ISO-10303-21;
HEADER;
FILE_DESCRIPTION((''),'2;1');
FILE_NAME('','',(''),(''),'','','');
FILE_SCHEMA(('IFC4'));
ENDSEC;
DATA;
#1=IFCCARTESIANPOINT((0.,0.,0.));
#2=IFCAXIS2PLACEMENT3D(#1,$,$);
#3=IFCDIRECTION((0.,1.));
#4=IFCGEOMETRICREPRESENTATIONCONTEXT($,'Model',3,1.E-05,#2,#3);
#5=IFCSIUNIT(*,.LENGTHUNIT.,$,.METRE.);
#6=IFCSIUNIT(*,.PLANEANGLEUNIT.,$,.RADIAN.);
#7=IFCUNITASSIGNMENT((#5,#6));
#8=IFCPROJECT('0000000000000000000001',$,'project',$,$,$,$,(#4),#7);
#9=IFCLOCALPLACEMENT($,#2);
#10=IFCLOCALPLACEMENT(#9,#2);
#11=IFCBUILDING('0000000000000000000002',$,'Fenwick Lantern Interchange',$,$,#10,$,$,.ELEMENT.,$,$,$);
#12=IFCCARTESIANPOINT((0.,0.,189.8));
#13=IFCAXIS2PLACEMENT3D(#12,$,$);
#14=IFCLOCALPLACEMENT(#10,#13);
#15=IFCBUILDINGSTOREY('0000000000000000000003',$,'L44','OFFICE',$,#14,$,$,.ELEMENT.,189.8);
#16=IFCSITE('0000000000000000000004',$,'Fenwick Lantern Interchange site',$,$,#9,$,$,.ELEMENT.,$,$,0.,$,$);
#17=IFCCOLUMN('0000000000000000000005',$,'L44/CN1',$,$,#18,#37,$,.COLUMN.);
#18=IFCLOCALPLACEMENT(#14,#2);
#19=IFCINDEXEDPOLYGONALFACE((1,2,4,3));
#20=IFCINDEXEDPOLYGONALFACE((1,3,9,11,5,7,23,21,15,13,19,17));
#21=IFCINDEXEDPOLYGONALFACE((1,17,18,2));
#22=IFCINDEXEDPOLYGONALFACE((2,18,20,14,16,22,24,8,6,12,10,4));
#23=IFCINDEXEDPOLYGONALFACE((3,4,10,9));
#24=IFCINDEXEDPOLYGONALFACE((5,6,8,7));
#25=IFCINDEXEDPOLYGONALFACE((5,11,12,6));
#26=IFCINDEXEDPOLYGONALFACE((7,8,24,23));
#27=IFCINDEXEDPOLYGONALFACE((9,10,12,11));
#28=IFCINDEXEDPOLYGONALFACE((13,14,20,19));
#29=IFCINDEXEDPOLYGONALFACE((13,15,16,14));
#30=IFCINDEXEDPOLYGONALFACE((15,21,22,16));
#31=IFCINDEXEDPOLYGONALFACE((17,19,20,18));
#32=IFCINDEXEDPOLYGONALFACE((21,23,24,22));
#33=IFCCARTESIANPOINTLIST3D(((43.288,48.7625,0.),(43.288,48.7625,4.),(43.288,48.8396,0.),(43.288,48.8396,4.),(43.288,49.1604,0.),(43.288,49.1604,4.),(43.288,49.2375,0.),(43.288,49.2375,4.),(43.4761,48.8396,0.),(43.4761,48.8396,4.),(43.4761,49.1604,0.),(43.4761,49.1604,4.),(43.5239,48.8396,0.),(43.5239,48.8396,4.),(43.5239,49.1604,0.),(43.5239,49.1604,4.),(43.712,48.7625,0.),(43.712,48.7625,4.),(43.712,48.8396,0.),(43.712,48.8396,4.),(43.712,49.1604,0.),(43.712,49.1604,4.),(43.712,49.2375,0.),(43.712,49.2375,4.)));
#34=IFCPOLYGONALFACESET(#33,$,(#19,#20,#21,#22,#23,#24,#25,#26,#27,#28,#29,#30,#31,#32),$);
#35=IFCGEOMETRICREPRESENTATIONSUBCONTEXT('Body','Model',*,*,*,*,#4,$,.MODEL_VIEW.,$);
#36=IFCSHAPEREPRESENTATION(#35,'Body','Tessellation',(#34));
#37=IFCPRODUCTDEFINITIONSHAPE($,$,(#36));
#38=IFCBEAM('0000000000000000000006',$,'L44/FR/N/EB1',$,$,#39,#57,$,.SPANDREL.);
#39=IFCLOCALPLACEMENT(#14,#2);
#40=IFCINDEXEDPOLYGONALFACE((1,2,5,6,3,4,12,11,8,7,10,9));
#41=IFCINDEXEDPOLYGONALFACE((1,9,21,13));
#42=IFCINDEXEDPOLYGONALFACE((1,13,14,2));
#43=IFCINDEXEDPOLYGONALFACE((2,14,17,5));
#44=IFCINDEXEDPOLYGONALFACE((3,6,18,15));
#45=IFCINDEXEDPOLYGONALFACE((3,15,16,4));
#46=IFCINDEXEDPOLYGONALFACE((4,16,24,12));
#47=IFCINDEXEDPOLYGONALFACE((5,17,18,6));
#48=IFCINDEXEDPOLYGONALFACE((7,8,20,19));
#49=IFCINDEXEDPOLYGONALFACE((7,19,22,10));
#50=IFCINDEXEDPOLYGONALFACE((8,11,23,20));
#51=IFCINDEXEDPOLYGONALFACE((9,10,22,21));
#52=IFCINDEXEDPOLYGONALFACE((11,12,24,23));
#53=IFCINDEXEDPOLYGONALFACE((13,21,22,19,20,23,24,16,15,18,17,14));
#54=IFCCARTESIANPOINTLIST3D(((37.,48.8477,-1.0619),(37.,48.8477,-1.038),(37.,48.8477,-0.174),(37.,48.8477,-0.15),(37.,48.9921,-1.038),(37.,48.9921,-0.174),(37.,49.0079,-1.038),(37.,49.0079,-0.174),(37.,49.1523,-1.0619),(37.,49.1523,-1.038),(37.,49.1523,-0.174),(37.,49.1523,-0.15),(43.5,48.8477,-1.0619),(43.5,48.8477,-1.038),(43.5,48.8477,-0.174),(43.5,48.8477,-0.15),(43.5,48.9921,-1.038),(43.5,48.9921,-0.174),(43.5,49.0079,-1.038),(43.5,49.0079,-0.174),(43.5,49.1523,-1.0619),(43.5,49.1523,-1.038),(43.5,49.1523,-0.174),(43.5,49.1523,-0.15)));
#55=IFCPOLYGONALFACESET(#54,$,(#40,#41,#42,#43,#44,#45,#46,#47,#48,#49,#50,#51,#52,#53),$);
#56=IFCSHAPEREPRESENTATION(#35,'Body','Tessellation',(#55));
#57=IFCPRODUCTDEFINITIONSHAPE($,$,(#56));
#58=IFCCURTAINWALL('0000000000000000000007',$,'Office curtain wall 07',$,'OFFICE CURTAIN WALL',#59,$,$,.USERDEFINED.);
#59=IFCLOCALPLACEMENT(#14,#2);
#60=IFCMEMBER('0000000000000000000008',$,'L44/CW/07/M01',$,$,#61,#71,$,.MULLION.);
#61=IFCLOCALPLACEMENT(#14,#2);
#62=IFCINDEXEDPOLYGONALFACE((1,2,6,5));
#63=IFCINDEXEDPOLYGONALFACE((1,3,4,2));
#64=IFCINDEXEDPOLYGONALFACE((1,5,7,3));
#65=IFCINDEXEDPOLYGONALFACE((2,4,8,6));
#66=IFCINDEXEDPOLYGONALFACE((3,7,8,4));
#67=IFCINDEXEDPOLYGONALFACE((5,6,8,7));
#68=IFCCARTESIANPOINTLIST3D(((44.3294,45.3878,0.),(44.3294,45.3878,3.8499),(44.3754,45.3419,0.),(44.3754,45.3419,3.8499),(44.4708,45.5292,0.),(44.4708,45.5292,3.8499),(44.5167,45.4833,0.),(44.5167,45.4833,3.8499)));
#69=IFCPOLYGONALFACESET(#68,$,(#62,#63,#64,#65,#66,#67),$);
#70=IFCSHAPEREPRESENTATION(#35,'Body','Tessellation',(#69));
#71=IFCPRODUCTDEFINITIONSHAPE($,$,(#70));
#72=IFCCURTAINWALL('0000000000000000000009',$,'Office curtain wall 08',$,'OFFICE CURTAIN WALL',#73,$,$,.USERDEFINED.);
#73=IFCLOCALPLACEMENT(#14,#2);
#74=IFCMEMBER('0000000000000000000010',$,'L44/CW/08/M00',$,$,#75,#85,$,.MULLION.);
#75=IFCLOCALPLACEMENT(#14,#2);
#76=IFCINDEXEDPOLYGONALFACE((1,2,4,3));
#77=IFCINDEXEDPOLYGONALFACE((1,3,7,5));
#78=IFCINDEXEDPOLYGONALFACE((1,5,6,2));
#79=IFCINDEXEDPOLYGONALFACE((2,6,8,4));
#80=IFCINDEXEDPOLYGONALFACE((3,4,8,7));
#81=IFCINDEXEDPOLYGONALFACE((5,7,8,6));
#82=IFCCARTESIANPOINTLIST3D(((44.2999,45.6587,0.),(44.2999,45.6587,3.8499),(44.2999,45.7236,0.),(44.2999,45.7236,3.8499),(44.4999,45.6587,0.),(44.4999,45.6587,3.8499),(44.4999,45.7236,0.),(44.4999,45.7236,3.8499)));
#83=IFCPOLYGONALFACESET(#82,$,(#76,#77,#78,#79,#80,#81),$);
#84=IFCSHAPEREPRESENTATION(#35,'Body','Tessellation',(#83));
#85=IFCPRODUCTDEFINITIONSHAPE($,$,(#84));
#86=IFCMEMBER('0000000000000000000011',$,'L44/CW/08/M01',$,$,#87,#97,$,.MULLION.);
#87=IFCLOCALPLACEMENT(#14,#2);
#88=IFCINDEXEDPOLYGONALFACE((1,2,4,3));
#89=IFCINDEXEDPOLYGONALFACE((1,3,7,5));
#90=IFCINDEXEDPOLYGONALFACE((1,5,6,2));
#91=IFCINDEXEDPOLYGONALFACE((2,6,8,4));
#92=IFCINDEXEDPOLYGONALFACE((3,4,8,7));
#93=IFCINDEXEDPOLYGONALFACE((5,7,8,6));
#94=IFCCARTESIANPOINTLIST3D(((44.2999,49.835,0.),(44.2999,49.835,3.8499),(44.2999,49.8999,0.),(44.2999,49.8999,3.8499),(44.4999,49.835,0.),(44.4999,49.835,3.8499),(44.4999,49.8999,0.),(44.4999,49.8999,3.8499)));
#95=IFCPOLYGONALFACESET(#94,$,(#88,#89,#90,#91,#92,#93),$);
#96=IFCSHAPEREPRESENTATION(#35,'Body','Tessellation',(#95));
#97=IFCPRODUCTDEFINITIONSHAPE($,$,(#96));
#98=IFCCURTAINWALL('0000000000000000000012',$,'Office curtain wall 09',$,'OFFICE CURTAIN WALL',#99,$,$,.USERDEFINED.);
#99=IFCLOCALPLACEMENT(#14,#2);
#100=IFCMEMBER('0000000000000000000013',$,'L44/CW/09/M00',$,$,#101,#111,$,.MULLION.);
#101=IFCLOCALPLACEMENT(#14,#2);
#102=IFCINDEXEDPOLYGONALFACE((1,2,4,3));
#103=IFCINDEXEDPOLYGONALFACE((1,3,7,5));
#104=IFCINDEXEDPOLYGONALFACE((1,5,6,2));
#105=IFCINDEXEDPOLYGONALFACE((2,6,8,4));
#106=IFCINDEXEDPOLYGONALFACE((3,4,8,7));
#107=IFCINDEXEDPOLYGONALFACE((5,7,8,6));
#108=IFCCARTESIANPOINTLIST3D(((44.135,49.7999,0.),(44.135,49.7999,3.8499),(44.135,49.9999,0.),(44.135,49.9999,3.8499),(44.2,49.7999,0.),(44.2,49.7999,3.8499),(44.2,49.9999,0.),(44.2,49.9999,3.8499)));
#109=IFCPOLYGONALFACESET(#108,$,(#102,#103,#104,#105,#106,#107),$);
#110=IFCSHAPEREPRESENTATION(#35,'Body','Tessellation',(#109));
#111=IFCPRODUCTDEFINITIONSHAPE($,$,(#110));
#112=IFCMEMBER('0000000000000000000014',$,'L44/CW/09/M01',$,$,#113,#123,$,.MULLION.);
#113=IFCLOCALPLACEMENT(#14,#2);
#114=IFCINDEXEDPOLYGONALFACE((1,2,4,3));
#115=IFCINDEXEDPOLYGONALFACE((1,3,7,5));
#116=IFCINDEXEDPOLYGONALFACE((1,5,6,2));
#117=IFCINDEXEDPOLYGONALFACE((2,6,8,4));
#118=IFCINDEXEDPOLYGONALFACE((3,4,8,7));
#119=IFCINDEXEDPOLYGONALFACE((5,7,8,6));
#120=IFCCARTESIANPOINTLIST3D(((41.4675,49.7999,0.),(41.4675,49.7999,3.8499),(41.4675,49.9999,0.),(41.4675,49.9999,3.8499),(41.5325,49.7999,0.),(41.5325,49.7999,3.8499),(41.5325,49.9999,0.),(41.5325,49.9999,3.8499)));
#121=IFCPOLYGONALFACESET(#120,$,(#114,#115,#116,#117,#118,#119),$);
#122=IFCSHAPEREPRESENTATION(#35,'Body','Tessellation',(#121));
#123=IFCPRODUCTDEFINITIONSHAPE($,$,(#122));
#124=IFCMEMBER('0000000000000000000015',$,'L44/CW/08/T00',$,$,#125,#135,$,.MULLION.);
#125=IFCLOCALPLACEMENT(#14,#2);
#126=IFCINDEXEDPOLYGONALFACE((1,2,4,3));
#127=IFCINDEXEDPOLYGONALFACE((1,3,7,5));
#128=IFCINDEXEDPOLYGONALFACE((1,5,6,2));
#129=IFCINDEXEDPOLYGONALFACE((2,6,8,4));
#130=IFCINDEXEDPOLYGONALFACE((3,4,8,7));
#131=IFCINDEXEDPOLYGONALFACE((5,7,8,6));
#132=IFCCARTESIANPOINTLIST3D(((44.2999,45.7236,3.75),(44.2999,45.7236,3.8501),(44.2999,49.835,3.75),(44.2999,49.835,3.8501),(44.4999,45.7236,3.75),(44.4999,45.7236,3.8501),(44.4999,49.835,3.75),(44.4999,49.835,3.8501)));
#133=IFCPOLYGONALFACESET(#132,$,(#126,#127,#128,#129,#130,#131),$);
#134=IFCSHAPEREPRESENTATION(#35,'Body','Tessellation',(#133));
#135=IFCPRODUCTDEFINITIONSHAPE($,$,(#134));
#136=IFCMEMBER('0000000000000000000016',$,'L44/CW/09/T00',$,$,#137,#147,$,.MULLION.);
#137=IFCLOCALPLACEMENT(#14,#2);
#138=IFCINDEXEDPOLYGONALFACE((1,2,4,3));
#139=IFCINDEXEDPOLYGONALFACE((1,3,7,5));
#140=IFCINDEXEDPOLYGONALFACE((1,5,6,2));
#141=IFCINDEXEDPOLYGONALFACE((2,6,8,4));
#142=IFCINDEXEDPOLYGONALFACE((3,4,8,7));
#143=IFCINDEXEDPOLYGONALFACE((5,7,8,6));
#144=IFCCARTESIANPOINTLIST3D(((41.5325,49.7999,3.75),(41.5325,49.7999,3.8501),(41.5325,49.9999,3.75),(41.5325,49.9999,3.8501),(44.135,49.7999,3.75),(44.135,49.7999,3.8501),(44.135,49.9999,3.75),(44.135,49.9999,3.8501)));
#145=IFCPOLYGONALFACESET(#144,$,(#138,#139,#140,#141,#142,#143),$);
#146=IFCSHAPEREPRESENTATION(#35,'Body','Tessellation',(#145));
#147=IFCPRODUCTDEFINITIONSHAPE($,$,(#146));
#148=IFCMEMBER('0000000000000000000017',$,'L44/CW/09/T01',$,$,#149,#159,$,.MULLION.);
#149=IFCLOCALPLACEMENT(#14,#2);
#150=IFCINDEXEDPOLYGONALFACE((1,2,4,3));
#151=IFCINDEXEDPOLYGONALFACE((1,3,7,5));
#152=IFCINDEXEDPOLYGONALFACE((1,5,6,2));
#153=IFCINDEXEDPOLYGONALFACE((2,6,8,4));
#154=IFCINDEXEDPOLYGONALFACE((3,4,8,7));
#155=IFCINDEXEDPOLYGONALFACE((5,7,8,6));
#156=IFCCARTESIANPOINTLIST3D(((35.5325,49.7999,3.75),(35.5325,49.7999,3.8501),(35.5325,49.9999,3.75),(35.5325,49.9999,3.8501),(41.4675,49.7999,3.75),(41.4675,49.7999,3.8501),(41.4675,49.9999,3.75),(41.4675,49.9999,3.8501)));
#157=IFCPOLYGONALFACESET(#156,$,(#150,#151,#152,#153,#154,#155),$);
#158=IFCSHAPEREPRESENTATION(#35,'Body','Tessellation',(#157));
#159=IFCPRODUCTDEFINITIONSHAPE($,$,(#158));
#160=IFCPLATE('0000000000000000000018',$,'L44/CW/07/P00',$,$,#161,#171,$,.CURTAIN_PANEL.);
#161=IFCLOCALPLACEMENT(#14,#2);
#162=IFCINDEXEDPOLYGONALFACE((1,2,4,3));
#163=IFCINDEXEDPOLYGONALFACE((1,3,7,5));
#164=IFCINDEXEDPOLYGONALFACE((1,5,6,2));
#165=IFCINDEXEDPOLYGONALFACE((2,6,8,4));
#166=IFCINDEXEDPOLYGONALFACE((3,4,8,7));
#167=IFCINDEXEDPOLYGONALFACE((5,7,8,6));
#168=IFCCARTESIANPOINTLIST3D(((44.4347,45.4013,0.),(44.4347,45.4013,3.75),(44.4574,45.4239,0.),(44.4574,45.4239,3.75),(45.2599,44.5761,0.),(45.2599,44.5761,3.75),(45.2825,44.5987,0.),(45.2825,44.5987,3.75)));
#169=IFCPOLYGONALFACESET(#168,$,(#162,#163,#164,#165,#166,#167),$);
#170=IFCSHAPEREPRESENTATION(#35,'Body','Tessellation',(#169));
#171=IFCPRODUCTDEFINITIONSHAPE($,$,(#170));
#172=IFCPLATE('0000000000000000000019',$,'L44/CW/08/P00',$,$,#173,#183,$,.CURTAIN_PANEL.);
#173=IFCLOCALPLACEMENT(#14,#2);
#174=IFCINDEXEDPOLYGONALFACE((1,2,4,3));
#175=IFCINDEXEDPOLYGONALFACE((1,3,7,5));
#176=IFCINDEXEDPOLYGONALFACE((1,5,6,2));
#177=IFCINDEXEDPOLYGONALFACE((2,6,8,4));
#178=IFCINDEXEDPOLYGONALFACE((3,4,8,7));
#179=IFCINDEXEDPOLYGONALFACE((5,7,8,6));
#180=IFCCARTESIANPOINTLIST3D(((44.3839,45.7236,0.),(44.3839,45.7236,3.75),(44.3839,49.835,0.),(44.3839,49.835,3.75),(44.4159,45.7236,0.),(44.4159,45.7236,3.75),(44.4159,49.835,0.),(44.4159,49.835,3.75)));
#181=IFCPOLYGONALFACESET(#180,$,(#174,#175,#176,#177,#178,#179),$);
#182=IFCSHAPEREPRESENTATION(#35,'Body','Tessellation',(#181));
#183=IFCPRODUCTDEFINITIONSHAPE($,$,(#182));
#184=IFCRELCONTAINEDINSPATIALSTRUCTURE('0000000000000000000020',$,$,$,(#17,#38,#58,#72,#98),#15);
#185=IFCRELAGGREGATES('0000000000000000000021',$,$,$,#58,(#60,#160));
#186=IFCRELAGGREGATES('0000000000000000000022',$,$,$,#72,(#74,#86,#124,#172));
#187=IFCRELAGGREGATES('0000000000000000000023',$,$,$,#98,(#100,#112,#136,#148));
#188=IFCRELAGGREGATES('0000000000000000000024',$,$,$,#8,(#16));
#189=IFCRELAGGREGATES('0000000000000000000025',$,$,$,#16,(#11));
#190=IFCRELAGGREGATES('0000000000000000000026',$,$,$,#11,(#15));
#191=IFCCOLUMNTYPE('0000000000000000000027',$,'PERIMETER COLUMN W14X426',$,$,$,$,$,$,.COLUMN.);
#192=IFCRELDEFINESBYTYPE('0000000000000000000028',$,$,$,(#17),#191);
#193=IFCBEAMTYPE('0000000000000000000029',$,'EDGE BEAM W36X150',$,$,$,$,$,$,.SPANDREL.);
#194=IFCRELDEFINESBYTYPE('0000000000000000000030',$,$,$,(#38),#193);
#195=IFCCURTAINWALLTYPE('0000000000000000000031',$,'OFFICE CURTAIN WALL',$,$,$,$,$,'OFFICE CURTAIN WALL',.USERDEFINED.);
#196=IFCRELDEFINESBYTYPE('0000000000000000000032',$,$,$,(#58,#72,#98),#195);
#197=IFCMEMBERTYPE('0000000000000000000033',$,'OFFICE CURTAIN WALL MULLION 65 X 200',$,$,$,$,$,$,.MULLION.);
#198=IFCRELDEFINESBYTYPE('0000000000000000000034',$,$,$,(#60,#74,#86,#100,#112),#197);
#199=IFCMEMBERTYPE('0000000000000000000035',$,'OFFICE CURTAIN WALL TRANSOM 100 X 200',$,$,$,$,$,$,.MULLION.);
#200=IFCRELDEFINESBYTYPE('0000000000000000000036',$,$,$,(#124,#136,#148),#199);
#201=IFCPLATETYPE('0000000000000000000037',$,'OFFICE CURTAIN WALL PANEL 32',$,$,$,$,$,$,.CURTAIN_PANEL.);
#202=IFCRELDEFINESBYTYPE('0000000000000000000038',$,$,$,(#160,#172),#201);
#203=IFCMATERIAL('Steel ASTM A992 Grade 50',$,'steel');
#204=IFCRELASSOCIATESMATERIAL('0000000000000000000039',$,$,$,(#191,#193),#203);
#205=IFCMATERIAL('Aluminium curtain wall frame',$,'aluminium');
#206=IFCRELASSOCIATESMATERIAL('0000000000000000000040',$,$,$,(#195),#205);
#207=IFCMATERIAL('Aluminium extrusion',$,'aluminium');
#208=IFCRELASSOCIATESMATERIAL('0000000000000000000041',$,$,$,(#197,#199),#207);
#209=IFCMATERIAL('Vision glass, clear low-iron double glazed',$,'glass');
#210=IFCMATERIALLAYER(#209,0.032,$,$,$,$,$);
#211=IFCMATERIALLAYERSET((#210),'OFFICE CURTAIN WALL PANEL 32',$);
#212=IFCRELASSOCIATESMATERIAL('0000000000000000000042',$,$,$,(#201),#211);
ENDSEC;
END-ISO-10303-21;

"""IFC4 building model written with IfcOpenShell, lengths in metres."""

from ifc_helpers import new_model, si_unit, direction, frame, origin, origin_2d, place, context, subcontext, project, spatial, rectangle, i_section, extrude, material, layer, layer_set, material_profile, profile_set, type_object, element, aggregate, save


model = new_model("IFC4")

# Units and contexts
model_context = context("Model", 3, precision=1e-05, world=origin(), true_north=direction((0.0, 1.0)))
body_context = subcontext(model_context, "Body", "Model", "MODEL_VIEW")
ifc_project = project(units=[si_unit("LENGTHUNIT", "METRE"), si_unit("PLANEANGLEUNIT", "RADIAN")], contexts=[model_context])

# Site, building, storey
site_placement = place(None, origin())
site = spatial("IfcSite", under=ifc_project, at=site_placement, Name="Fenwick Lantern Interchange site", CompositionType="ELEMENT", RefElevation=0.0)
building_placement = place(site_placement, origin())
building = spatial("IfcBuilding", under=site, at=building_placement, Name="Fenwick Lantern Interchange", CompositionType="ELEMENT")
storey_placement = place(building_placement, frame((0.0, 0.0, 189.8)))
storey = spatial("IfcBuildingStorey", under=building, at=storey_placement, Name="L44", Description="OFFICE", CompositionType="ELEMENT", Elevation=189.8)

# Column
ifc_material_1 = material(Name="Steel ASTM A992 Grade 50", Category="steel")
ifc_material_profile_1 = material_profile(ifc_material_1, i_section(OverallWidth=0.4241, OverallDepth=0.4751, WebThickness=0.0479, FlangeThickness=0.0771, at=origin_2d()), Name="W14X426")
ifc_profile_set_1 = profile_set([ifc_material_profile_1], Name="Steel ASTM A992 Grade 50")
column_type = type_object("IfcColumnType", Name="PERIMETER COLUMN W14X426", PredefinedType="COLUMN", material=ifc_profile_set_1)
column_placement = place(storey_placement, frame((43.5, 49.0, 0.0), z_axis=(0.0, 0.0, 1.0), x_axis=(1.0, 0.0, 0.0)))
element("IfcColumn", 1, at=column_placement, inside=storey, type_object=column_type, Name="L44/CN1", PredefinedType="COLUMN", context=body_context, shape_type="SweptSolid", body=[
    extrude(i_section(OverallWidth=0.4241, OverallDepth=0.4751, WebThickness=0.0479, FlangeThickness=0.0771, at=origin_2d()), origin(), (0.0, 0.0, 1.0), 4.0),
])

# Beam
ifc_material_profile_2 = material_profile(ifc_material_1, i_section(OverallWidth=0.3047, OverallDepth=0.9119, WebThickness=0.0159, FlangeThickness=0.0239, at=origin_2d()), Name="W36X150")
ifc_profile_set_2 = profile_set([ifc_material_profile_2], Name="Steel ASTM A992 Grade 50")
beam_type = type_object("IfcBeamType", Name="EDGE BEAM W36X150", PredefinedType="SPANDREL", material=ifc_profile_set_2)
beam_placement = place(storey_placement, frame((43.5, 49.0, -0.606), z_axis=(-1.0, 0.0, 0.0), x_axis=(0.0, -1.0, 0.0)))
element("IfcBeam", 2, at=beam_placement, inside=storey, type_object=beam_type, Name="L44/FR/N/EB1", PredefinedType="SPANDREL", context=body_context, shape_type="SweptSolid", body=[
    extrude(i_section(OverallWidth=0.3047, OverallDepth=0.9119, WebThickness=0.0159, FlangeThickness=0.0239, at=origin_2d()), origin(), (0.0, 0.0, 1.0), 6.5),
])

# Curtain wall, member
ifc_material_2 = material(Name="Aluminium curtain wall frame", Category="aluminium")
curtain_wall_type = type_object("IfcCurtainWallType", Name="OFFICE CURTAIN WALL", ElementType="OFFICE CURTAIN WALL", PredefinedType="USERDEFINED", material=ifc_material_2)
curtain_wall_1_placement = place(storey_placement, origin())
curtain_wall_1 = element("IfcCurtainWall", 3, at=curtain_wall_1_placement, inside=storey, type_object=curtain_wall_type, Name="Office curtain wall 07", ObjectType="OFFICE CURTAIN WALL", PredefinedType="USERDEFINED")
ifc_material_3 = material(Name="Aluminium extrusion", Category="aluminium")
ifc_material_profile_3 = material_profile(ifc_material_3, rectangle(XDim=0.2, YDim=0.0649, at=origin_2d()), Name="OFFICE CURTAIN WALL MULLION 65 X 200")
ifc_profile_set_3 = profile_set([ifc_material_profile_3], Name="Aluminium extrusion")
member_type_1 = type_object("IfcMemberType", Name="OFFICE CURTAIN WALL MULLION 65 X 200", PredefinedType="MULLION", material=ifc_profile_set_3)
member_1_placement = place(storey_placement, frame((44.4231, 45.4355, 0.0), z_axis=(0.0, 0.0, 1.0), x_axis=(-0.707107, -0.707107, 0.0)))
member_1 = element("IfcMember", 4, at=member_1_placement, type_object=member_type_1, Name="L44/CW/07/M01", PredefinedType="MULLION", context=body_context, shape_type="SweptSolid", body=[
    extrude(rectangle(XDim=0.2, YDim=0.0649, at=origin_2d()), origin(), (0.0, 0.0, 1.0), 3.8499),
])

# Curtain walls, members
curtain_wall_2_placement = place(storey_placement, origin())
curtain_wall_2 = element("IfcCurtainWall", 5, at=curtain_wall_2_placement, inside=storey, type_object=curtain_wall_type, Name="Office curtain wall 08", ObjectType="OFFICE CURTAIN WALL", PredefinedType="USERDEFINED")
member_2_placement = place(storey_placement, frame((44.3999, 45.6912, 0.0), z_axis=(0.0, 0.0, 1.0), x_axis=(-1.0, 0.0, 0.0)))
member_2 = element("IfcMember", 6, at=member_2_placement, type_object=member_type_1, Name="L44/CW/08/M00", PredefinedType="MULLION", context=body_context, shape_type="SweptSolid", body=[
    extrude(rectangle(XDim=0.2, YDim=0.0649, at=origin_2d()), origin(), (0.0, 0.0, 1.0), 3.8499),
])
member_3_placement = place(storey_placement, frame((44.3999, 49.8674, 0.0), z_axis=(0.0, 0.0, 1.0), x_axis=(-1.0, 0.0, 0.0)))
member_3 = element("IfcMember", 7, at=member_3_placement, type_object=member_type_1, Name="L44/CW/08/M01", PredefinedType="MULLION", context=body_context, shape_type="SweptSolid", body=[
    extrude(rectangle(XDim=0.2, YDim=0.0649, at=origin_2d()), origin(), (0.0, 0.0, 1.0), 3.8499),
])
curtain_wall_3_placement = place(storey_placement, origin())
curtain_wall_3 = element("IfcCurtainWall", 8, at=curtain_wall_3_placement, inside=storey, type_object=curtain_wall_type, Name="Office curtain wall 09", ObjectType="OFFICE CURTAIN WALL", PredefinedType="USERDEFINED")
member_4_placement = place(storey_placement, frame((44.1675, 49.8999, 0.0), z_axis=(0.0, 0.0, 1.0), x_axis=(0.0, -1.0, 0.0)))
member_4 = element("IfcMember", 9, at=member_4_placement, type_object=member_type_1, Name="L44/CW/09/M00", PredefinedType="MULLION", context=body_context, shape_type="SweptSolid", body=[
    extrude(rectangle(XDim=0.2, YDim=0.0649, at=origin_2d()), origin(), (0.0, 0.0, 1.0), 3.8499),
])
member_5_placement = place(storey_placement, frame((41.5, 49.8999, 0.0), z_axis=(0.0, 0.0, 1.0), x_axis=(0.0, -1.0, 0.0)))
member_5 = element("IfcMember", 10, at=member_5_placement, type_object=member_type_1, Name="L44/CW/09/M01", PredefinedType="MULLION", context=body_context, shape_type="SweptSolid", body=[
    extrude(rectangle(XDim=0.2, YDim=0.0649, at=origin_2d()), origin(), (0.0, 0.0, 1.0), 3.8499),
])

# Members
ifc_material_profile_4 = material_profile(ifc_material_3, rectangle(XDim=0.2, YDim=0.1001, at=origin_2d()), Name="OFFICE CURTAIN WALL TRANSOM 100 X 200")
ifc_profile_set_4 = profile_set([ifc_material_profile_4], Name="Aluminium extrusion")
member_type_2 = type_object("IfcMemberType", Name="OFFICE CURTAIN WALL TRANSOM 100 X 200", PredefinedType="MULLION", material=ifc_profile_set_4)
member_6_placement = place(storey_placement, frame((44.3999, 45.7236, 3.8), z_axis=(0.0, 1.0, 0.0), x_axis=(-1.0, 0.0, 0.0)))
member_6 = element("IfcMember", 11, at=member_6_placement, type_object=member_type_2, Name="L44/CW/08/T00", PredefinedType="MULLION", context=body_context, shape_type="SweptSolid", body=[
    extrude(rectangle(XDim=0.2, YDim=0.1001, at=origin_2d()), origin(), (0.0, 0.0, 1.0), 4.1113),
])
member_7_placement = place(storey_placement, frame((44.135, 49.8999, 3.8), z_axis=(-1.0, 0.0, 0.0), x_axis=(0.0, -1.0, 0.0)))
member_7 = element("IfcMember", 12, at=member_7_placement, type_object=member_type_2, Name="L44/CW/09/T00", PredefinedType="MULLION", context=body_context, shape_type="SweptSolid", body=[
    extrude(rectangle(XDim=0.2, YDim=0.1001, at=origin_2d()), origin(), (0.0, 0.0, 1.0), 2.6025),
])
member_8_placement = place(storey_placement, frame((41.4675, 49.8999, 3.8), z_axis=(-1.0, 0.0, 0.0), x_axis=(0.0, -1.0, 0.0)))
member_8 = element("IfcMember", 13, at=member_8_placement, type_object=member_type_2, Name="L44/CW/09/T01", PredefinedType="MULLION", context=body_context, shape_type="SweptSolid", body=[
    extrude(rectangle(XDim=0.2, YDim=0.1001, at=origin_2d()), origin(), (0.0, 0.0, 1.0), 5.9351),
])

# Plates
ifc_material_4 = material(Name="Vision glass, clear low-iron double glazed", Category="glass")
ifc_layer_1 = layer(ifc_material_4, 0.032)
ifc_layer_set_1 = layer_set([ifc_layer_1], Name="OFFICE CURTAIN WALL PANEL 32")
plate_type = type_object("IfcPlateType", Name="OFFICE CURTAIN WALL PANEL 32", PredefinedType="CURTAIN_PANEL", material=ifc_layer_set_1)
plate_1_placement = place(storey_placement, frame((44.8586, 45.0, 0.0), z_axis=(0.0, 0.0, 1.0), x_axis=(-0.707107, 0.707107, 0.0)))
plate_1 = element("IfcPlate", 14, at=plate_1_placement, type_object=plate_type, Name="L44/CW/07/P00", PredefinedType="CURTAIN_PANEL", context=body_context, shape_type="SweptSolid", body=[
    extrude(rectangle(XDim=1.167, YDim=0.032, at=origin_2d()), origin(), (0.0, 0.0, 1.0), 3.75),
])
aggregate(curtain_wall_1, [member_1, plate_1])
plate_2_placement = place(storey_placement, frame((44.3999, 47.7793, 0.0), z_axis=(0.0, 0.0, 1.0), x_axis=(0.0, 1.0, 0.0)))
plate_2 = element("IfcPlate", 15, at=plate_2_placement, type_object=plate_type, Name="L44/CW/08/P00", PredefinedType="CURTAIN_PANEL", context=body_context, shape_type="SweptSolid", body=[
    extrude(rectangle(XDim=4.1113, YDim=0.032, at=origin_2d()), origin(), (0.0, 0.0, 1.0), 3.75),
])
aggregate(curtain_wall_2, [member_2, member_3, member_6, plate_2])
aggregate(curtain_wall_3, [member_4, member_5, member_7, member_8])

save(model, "model.ifc")
